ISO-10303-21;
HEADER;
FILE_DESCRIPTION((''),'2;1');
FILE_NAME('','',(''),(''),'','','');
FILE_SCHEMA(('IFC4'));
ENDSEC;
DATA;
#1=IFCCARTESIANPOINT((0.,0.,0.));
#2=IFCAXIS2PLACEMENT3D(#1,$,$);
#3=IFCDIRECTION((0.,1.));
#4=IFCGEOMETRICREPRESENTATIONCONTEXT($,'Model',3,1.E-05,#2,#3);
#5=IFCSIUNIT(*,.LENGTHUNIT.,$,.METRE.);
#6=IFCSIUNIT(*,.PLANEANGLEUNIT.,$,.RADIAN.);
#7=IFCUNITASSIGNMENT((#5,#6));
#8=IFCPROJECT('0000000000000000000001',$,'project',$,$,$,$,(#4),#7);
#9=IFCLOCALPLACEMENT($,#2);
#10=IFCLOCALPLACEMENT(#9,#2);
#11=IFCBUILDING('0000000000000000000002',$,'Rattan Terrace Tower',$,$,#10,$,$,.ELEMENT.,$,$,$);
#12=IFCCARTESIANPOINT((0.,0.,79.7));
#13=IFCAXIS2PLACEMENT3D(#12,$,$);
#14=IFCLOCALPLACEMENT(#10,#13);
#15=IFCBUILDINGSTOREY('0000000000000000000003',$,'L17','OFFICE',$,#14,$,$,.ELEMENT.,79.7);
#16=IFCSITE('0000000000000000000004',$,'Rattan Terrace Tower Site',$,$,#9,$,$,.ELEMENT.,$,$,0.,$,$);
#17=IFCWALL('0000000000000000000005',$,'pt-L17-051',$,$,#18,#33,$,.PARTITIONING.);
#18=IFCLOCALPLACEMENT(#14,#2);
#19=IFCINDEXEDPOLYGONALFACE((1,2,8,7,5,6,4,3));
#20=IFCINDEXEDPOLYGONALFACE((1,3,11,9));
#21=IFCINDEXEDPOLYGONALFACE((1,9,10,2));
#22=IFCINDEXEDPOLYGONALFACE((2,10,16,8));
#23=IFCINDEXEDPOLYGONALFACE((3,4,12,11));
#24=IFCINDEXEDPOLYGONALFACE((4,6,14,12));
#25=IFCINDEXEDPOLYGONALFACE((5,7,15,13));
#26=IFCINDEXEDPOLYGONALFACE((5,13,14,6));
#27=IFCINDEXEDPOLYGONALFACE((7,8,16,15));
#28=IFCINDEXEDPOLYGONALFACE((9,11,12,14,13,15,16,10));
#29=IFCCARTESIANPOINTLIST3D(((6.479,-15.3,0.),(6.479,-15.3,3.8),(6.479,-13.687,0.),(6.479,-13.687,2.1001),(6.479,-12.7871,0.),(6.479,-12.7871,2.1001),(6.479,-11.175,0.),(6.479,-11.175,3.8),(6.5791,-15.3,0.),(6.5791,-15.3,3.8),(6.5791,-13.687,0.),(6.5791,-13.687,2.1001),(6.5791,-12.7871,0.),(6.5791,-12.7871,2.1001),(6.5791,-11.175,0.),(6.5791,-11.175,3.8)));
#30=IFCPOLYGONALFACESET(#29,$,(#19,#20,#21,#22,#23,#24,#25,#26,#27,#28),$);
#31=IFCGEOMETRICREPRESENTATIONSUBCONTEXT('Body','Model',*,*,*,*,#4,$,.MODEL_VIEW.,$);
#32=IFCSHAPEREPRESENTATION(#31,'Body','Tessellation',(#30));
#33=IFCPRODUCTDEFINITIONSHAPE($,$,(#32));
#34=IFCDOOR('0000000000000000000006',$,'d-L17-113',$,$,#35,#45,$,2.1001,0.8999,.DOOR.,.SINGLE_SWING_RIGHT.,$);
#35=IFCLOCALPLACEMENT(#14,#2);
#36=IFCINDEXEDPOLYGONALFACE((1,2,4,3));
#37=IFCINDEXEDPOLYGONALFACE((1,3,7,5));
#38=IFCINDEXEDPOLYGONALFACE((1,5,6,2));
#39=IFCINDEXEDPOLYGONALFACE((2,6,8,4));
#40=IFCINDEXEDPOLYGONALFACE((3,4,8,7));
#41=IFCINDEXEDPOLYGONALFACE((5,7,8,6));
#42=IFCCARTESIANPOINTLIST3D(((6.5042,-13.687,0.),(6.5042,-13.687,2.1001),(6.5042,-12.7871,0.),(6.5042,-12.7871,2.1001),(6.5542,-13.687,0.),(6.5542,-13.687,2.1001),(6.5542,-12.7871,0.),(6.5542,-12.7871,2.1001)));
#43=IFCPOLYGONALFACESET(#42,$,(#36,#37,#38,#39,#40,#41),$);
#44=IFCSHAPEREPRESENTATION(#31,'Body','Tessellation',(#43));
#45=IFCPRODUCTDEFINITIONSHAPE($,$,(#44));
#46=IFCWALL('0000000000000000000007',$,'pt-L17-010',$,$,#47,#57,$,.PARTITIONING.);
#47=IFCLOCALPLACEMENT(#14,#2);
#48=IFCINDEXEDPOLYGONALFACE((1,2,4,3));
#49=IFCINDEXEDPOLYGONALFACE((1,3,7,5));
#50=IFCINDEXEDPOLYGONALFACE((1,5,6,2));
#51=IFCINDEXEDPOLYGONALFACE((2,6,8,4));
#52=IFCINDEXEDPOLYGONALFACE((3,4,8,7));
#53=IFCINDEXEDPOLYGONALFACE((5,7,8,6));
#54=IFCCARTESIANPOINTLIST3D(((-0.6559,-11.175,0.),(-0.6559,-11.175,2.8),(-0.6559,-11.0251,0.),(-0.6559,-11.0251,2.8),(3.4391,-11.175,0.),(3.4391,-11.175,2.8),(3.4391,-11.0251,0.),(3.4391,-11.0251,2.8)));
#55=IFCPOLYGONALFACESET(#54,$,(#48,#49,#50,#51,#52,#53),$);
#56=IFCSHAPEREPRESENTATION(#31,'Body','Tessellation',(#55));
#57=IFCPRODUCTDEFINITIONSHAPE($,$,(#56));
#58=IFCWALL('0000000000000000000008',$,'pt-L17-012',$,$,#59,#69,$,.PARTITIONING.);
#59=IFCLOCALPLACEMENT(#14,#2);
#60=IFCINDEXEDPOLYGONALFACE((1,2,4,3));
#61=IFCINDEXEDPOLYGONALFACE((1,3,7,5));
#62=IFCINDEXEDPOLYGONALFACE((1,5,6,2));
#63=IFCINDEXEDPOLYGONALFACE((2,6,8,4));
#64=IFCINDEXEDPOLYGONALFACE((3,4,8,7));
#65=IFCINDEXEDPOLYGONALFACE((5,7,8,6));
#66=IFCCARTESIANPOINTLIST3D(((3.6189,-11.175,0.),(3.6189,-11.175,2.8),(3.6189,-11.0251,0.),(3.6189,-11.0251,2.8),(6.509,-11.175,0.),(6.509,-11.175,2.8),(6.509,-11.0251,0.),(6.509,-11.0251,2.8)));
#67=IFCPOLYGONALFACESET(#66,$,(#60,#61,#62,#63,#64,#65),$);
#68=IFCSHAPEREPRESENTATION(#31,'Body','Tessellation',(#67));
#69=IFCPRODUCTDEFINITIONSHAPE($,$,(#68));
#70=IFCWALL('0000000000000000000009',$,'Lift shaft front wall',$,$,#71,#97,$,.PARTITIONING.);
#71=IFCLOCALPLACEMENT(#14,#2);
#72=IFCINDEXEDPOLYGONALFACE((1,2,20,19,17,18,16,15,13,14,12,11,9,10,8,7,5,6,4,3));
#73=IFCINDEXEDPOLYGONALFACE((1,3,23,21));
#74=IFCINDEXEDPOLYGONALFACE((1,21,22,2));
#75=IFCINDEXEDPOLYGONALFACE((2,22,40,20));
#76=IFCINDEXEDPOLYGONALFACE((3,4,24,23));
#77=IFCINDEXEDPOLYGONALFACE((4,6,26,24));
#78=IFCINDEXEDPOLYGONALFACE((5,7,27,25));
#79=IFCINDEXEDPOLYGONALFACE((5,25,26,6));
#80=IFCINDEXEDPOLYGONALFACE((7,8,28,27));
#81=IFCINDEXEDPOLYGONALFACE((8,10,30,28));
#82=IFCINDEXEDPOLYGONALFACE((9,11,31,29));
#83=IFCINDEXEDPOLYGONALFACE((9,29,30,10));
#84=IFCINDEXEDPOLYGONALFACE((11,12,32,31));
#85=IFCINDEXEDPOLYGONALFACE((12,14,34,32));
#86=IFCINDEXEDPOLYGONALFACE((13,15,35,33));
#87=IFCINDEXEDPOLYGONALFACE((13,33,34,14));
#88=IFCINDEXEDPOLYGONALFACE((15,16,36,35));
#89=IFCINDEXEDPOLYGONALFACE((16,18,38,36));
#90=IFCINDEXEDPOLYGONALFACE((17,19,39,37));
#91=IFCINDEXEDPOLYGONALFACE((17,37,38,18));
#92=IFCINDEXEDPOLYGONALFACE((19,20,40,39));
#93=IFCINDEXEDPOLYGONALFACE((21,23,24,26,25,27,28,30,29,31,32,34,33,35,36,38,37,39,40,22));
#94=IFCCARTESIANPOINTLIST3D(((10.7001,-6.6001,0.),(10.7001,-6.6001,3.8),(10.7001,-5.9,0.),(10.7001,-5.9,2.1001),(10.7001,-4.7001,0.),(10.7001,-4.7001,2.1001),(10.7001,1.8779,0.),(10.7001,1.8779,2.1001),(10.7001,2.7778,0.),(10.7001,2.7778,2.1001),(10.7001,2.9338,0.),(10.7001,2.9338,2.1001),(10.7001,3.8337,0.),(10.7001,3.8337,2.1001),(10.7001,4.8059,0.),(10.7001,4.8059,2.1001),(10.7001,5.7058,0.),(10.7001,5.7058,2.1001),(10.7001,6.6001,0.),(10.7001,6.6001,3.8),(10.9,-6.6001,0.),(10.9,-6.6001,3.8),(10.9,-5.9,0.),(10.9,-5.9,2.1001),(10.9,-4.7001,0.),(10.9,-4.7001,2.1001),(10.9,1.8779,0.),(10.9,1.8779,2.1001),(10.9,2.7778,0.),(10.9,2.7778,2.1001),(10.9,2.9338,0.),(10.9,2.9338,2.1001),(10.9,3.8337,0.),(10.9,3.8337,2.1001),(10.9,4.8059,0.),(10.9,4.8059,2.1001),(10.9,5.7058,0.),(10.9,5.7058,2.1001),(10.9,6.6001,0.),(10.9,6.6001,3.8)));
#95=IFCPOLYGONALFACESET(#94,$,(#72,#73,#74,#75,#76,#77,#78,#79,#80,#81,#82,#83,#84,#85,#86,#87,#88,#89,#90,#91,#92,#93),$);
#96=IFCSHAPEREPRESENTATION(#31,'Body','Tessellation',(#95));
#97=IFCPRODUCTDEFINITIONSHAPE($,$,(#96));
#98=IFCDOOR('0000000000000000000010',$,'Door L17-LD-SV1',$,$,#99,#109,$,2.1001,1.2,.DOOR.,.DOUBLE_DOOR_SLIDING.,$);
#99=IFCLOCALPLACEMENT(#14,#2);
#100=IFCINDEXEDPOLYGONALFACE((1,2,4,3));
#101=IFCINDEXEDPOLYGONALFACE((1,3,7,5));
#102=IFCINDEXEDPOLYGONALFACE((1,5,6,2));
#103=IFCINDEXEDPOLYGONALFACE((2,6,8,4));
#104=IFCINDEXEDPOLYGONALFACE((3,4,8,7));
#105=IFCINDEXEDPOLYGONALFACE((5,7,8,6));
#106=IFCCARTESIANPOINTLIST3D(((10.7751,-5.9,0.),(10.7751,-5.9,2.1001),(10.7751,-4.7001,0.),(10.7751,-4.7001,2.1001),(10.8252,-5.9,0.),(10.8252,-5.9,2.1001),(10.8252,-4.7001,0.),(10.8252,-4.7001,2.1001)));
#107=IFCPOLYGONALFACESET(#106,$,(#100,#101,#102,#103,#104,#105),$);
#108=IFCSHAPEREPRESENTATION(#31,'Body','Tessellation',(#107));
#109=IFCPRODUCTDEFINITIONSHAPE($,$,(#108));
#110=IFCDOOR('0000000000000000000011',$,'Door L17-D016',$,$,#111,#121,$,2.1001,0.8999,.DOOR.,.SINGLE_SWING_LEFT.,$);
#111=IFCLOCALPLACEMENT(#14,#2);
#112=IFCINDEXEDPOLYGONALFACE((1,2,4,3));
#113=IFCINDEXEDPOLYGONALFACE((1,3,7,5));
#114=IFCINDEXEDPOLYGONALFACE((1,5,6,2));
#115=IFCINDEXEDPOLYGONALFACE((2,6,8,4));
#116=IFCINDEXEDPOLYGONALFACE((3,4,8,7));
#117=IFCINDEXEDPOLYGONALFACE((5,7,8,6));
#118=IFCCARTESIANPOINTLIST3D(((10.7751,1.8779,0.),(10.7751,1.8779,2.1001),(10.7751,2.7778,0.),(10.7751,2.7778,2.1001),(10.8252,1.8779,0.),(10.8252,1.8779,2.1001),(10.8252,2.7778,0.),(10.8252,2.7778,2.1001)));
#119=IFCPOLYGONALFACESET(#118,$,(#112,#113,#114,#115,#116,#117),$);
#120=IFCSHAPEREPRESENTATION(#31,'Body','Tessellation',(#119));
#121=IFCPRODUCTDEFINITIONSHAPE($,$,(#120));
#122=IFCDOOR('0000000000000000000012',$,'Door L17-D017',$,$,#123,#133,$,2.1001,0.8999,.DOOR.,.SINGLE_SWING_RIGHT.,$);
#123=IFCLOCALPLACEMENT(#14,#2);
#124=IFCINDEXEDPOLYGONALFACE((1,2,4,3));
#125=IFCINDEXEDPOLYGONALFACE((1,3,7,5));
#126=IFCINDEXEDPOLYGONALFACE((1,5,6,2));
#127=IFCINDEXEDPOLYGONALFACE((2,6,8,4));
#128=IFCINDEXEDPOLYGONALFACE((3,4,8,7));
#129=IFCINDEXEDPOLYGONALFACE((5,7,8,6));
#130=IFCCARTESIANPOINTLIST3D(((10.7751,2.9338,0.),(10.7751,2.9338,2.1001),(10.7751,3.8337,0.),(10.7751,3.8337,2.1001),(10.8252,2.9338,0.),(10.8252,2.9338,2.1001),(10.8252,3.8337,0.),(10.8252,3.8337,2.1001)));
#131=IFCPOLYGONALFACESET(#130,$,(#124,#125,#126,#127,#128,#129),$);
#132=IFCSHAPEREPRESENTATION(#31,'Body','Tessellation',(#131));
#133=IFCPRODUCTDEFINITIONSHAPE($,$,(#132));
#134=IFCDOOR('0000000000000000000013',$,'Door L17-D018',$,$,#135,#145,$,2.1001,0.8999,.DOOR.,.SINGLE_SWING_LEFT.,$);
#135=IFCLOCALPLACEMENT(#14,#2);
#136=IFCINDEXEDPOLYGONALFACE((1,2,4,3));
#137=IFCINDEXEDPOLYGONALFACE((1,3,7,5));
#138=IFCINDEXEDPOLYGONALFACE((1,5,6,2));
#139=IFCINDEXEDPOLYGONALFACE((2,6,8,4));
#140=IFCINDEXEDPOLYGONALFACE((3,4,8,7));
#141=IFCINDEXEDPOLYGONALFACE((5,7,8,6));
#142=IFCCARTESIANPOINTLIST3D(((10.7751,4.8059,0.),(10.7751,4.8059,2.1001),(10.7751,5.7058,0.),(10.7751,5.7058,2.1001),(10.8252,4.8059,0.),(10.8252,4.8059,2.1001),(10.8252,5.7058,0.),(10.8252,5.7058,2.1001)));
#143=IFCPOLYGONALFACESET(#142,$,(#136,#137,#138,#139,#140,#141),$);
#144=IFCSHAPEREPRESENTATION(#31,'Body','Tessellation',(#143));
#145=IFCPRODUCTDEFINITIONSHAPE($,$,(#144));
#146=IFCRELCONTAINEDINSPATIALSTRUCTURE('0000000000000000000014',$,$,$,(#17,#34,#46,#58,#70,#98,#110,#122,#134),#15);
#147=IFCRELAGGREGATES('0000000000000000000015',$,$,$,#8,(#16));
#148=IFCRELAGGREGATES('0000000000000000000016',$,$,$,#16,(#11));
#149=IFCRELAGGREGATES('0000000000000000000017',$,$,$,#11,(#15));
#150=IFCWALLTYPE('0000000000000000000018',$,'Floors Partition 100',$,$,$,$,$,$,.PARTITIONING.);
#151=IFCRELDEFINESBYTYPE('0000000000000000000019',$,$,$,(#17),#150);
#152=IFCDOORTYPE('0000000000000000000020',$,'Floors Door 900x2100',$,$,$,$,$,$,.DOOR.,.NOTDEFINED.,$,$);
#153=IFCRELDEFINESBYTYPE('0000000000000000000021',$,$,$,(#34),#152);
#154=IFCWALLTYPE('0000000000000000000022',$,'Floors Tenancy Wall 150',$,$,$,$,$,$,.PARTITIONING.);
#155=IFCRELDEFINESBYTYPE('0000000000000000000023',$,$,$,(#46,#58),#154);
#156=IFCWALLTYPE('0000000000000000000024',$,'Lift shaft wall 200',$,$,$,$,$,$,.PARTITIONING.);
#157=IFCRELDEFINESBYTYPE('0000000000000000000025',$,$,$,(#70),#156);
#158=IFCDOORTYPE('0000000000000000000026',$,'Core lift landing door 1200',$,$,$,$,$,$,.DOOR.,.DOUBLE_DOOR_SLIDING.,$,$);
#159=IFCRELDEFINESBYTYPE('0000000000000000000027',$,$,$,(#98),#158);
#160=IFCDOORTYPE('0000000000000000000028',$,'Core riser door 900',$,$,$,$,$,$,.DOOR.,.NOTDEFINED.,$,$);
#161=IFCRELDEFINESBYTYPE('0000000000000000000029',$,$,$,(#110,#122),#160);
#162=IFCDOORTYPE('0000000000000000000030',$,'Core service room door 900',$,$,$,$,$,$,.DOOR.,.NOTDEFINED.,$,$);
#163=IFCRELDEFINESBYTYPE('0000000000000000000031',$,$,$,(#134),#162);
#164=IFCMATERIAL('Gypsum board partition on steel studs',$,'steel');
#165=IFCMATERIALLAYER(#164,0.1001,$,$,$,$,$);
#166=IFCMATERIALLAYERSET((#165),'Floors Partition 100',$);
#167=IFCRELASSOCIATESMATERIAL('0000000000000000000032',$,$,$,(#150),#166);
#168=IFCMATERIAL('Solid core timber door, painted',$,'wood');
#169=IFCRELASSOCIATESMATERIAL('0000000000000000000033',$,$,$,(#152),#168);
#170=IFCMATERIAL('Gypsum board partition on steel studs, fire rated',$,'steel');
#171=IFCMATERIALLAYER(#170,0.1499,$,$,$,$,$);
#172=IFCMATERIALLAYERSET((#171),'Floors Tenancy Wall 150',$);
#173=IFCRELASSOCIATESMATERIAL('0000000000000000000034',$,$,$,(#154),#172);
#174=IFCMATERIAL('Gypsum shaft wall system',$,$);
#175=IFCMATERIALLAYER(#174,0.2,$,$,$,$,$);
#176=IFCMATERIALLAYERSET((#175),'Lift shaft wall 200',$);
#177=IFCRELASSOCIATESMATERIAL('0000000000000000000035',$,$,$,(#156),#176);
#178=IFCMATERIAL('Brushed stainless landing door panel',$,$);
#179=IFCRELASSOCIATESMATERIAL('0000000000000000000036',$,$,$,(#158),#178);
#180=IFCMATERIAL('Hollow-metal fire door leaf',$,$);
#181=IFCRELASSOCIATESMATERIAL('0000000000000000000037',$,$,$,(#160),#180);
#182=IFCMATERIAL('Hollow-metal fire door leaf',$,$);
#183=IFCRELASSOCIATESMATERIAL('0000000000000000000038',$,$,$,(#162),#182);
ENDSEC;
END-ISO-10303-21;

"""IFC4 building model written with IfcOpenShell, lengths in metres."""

from ifc_helpers import new_model, si_unit, direction, frame, frame_2d, origin, place, context, subcontext, project, spatial, rectangle, extrude, material, layer, layer_set, type_object, element, fill, save


model = new_model("IFC4")

# Units and contexts
model_context = context("Model", 3, precision=1e-05, world=origin(), true_north=direction((0.0, 1.0)))
body_context = subcontext(model_context, "Body", "Model", "MODEL_VIEW")
ifc_project = project(units=[si_unit("LENGTHUNIT", "METRE"), si_unit("PLANEANGLEUNIT", "RADIAN")], contexts=[model_context])

# Site, building, storey
site_placement = place(None, origin())
site = spatial("IfcSite", under=ifc_project, at=site_placement, Name="Rattan Terrace Tower Site", CompositionType="ELEMENT", RefElevation=0.0)
building_placement = place(site_placement, origin())
building = spatial("IfcBuilding", under=site, at=building_placement, Name="Rattan Terrace Tower", CompositionType="ELEMENT")
storey_placement = place(building_placement, frame((0.0, 0.0, 79.7)))
storey = spatial("IfcBuildingStorey", under=building, at=storey_placement, Name="L17", Description="OFFICE", CompositionType="ELEMENT", Elevation=79.7)

# Shared definitions
ifc_material_1 = material(Name="Gypsum board partition on steel studs", Category="steel")
ifc_layer_1 = layer(ifc_material_1, 0.1001)
ifc_layer_set_1 = layer_set([ifc_layer_1], Name="Floors Partition 100")
wall_type_1 = type_object("IfcWallType", Name="Floors Partition 100", PredefinedType="PARTITIONING", material=ifc_layer_set_1)

# Wall, opening, door
wall_1_placement = place(storey_placement, frame((6.5291, -15.3, 0.0), z_axis=(0.0, 0.0, 1.0), x_axis=(0.0, 1.0, 0.0)))
wall_1 = element("IfcWall", 1, at=wall_1_placement, inside=storey, type_object=wall_type_1, Name="pt-L17-051", PredefinedType="PARTITIONING", context=body_context, shape_type="SweptSolid", body=[
    extrude(rectangle(XDim=4.125, YDim=0.1001, at=frame_2d((2.0625, 0.0))), origin(), (0.0, 0.0, 1.0), 3.8),
])
opening_1_placement = place(wall_1_placement, frame((1.613, 0.0, 0.0)))
opening_1 = element("IfcOpeningElement", 2, at=opening_1_placement, cuts=wall_1, PredefinedType="OPENING", context=body_context, shape_type="SweptSolid", body=[
    extrude(rectangle(XDim=0.8999, YDim=2.1001, at=frame_2d((0.45, 1.05))), frame((0.0, 0.0605, 0.0), z_axis=(0.0, -1.0, 0.0), x_axis=(1.0, 0.0, 0.0)), (0.0, 0.0, 1.0), 0.1211),
])
ifc_material_2 = material(Name="Solid core timber door, painted", Category="wood")
door_type_1 = type_object("IfcDoorType", Name="Floors Door 900x2100", OperationType="NOTDEFINED", PredefinedType="DOOR", material=ifc_material_2)
door_1_placement = place(opening_1_placement, origin())
door_1 = element("IfcDoor", 3, at=door_1_placement, inside=storey, type_object=door_type_1, Name="d-L17-113", OperationType="SINGLE_SWING_RIGHT", OverallHeight=2.1001, OverallWidth=0.8999, PredefinedType="DOOR", context=body_context, shape_type="SweptSolid", body=[
    extrude(rectangle(XDim=0.8999, YDim=2.1001, at=frame_2d((0.45, 1.05))), frame((0.0, 0.0249, 0.0), z_axis=(0.0, -1.0, 0.0), x_axis=(1.0, 0.0, 0.0)), (0.0, 0.0, 1.0), 0.05),
])
fill(opening_1, door_1)

# Walls
ifc_material_3 = material(Name="Gypsum board partition on steel studs, fire rated", Category="steel")
ifc_layer_2 = layer(ifc_material_3, 0.1499)
ifc_layer_set_2 = layer_set([ifc_layer_2], Name="Floors Tenancy Wall 150")
wall_type_2 = type_object("IfcWallType", Name="Floors Tenancy Wall 150", PredefinedType="PARTITIONING", material=ifc_layer_set_2)
wall_2_placement = place(storey_placement, frame((3.439, -11.1001, 0.0), z_axis=(0.0, 0.0, 1.0), x_axis=(-1.0, 0.0, 0.0)))
element("IfcWall", 4, at=wall_2_placement, inside=storey, type_object=wall_type_2, Name="pt-L17-010", PredefinedType="PARTITIONING", context=body_context, shape_type="SweptSolid", body=[
    extrude(rectangle(XDim=4.095, YDim=0.1499, at=frame_2d((2.0474, 0.0))), origin(), (0.0, 0.0, 1.0), 2.8),
])
wall_3_placement = place(storey_placement, frame((6.509, -11.1001, 0.0), z_axis=(0.0, 0.0, 1.0), x_axis=(-1.0, 0.0, 0.0)))
element("IfcWall", 5, at=wall_3_placement, inside=storey, type_object=wall_type_2, Name="pt-L17-012", PredefinedType="PARTITIONING", context=body_context, shape_type="SweptSolid", body=[
    extrude(rectangle(XDim=2.8901, YDim=0.1499, at=frame_2d((1.4451, 0.0))), origin(), (0.0, 0.0, 1.0), 2.8),
])

# Wall, openings, doors
ifc_material_4 = material(Name="Gypsum shaft wall system")
ifc_layer_3 = layer(ifc_material_4, 0.2)
ifc_layer_set_3 = layer_set([ifc_layer_3], Name="Lift shaft wall 200")
wall_type_3 = type_object("IfcWallType", Name="Lift shaft wall 200", PredefinedType="PARTITIONING", material=ifc_layer_set_3)
wall_4_placement = place(storey_placement, frame((10.8, -6.6001, 0.0), z_axis=(0.0, 0.0, 1.0), x_axis=(0.0, 1.0, 0.0)))
wall_4 = element("IfcWall", 6, at=wall_4_placement, inside=storey, type_object=wall_type_3, Name="Lift shaft front wall", PredefinedType="PARTITIONING", context=body_context, shape_type="SweptSolid", body=[
    extrude(rectangle(XDim=13.2002, YDim=0.2, at=frame_2d((6.6001, 0.0))), origin(), (0.0, 0.0, 1.0), 3.8),
])
opening_2_placement = place(wall_4_placement, frame((0.7, 0.0, 0.0)))
opening_2 = element("IfcOpeningElement", 7, at=opening_2_placement, cuts=wall_4, PredefinedType="OPENING", context=body_context, shape_type="SweptSolid", body=[
    extrude(rectangle(XDim=1.2, YDim=2.1001, at=frame_2d((0.6001, 1.05))), frame((0.0, 0.1106, 0.0), z_axis=(0.0, -1.0, 0.0), x_axis=(1.0, 0.0, 0.0)), (0.0, 0.0, 1.0), 0.2209),
])
opening_3_placement = place(wall_4_placement, frame((8.478, 0.0, 0.0)))
opening_3 = element("IfcOpeningElement", 8, at=opening_3_placement, cuts=wall_4, PredefinedType="OPENING", context=body_context, shape_type="SweptSolid", body=[
    extrude(rectangle(XDim=0.8999, YDim=2.1001, at=frame_2d((0.45, 1.05))), frame((0.0, 0.1106, 0.0), z_axis=(0.0, -1.0, 0.0), x_axis=(1.0, 0.0, 0.0)), (0.0, 0.0, 1.0), 0.2209),
])
opening_4_placement = place(wall_4_placement, frame((9.5339, 0.0, 0.0)))
opening_4 = element("IfcOpeningElement", 9, at=opening_4_placement, cuts=wall_4, PredefinedType="OPENING", context=body_context, shape_type="SweptSolid", body=[
    extrude(rectangle(XDim=0.8999, YDim=2.1001, at=frame_2d((0.45, 1.05))), frame((0.0, 0.1106, 0.0), z_axis=(0.0, -1.0, 0.0), x_axis=(1.0, 0.0, 0.0)), (0.0, 0.0, 1.0), 0.2209),
])
opening_5_placement = place(wall_4_placement, frame((11.406, 0.0, 0.0)))
opening_5 = element("IfcOpeningElement", 10, at=opening_5_placement, cuts=wall_4, PredefinedType="OPENING", context=body_context, shape_type="SweptSolid", body=[
    extrude(rectangle(XDim=0.8999, YDim=2.1001, at=frame_2d((0.45, 1.05))), frame((0.0, 0.1106, 0.0), z_axis=(0.0, -1.0, 0.0), x_axis=(1.0, 0.0, 0.0)), (0.0, 0.0, 1.0), 0.2209),
])
ifc_material_5 = material(Name="Brushed stainless landing door panel")
door_type_2 = type_object("IfcDoorType", Name="Core lift landing door 1200", OperationType="DOUBLE_DOOR_SLIDING", PredefinedType="DOOR", material=ifc_material_5)
door_2_placement = place(opening_2_placement, origin())
door_2 = element("IfcDoor", 11, at=door_2_placement, inside=storey, type_object=door_type_2, Name="Door L17-LD-SV1", OperationType="DOUBLE_DOOR_SLIDING", OverallHeight=2.1001, OverallWidth=1.2, PredefinedType="DOOR", context=body_context, shape_type="SweptSolid", body=[
    extrude(rectangle(XDim=1.2, YDim=2.1001, at=frame_2d((0.6001, 1.05))), frame((0.0, 0.0249, 0.0), z_axis=(0.0, -1.0, 0.0), x_axis=(1.0, 0.0, 0.0)), (0.0, 0.0, 1.0), 0.05),
])
fill(opening_2, door_2)
ifc_material_6 = material(Name="Hollow-metal fire door leaf")
door_type_3 = type_object("IfcDoorType", Name="Core riser door 900", OperationType="NOTDEFINED", PredefinedType="DOOR", material=ifc_material_6)
door_3_placement = place(opening_3_placement, origin())
door_3 = element("IfcDoor", 12, at=door_3_placement, inside=storey, type_object=door_type_3, Name="Door L17-D016", OperationType="SINGLE_SWING_LEFT", OverallHeight=2.1001, OverallWidth=0.8999, PredefinedType="DOOR", context=body_context, shape_type="SweptSolid", body=[
    extrude(rectangle(XDim=0.8999, YDim=2.1001, at=frame_2d((0.45, 1.05))), frame((0.0, 0.0249, 0.0), z_axis=(0.0, -1.0, 0.0), x_axis=(1.0, 0.0, 0.0)), (0.0, 0.0, 1.0), 0.05),
])
fill(opening_3, door_3)
door_4_placement = place(opening_4_placement, origin())
door_4 = element("IfcDoor", 13, at=door_4_placement, inside=storey, type_object=door_type_3, Name="Door L17-D017", OperationType="SINGLE_SWING_RIGHT", OverallHeight=2.1001, OverallWidth=0.8999, PredefinedType="DOOR", context=body_context, shape_type="SweptSolid", body=[
    extrude(rectangle(XDim=0.8999, YDim=2.1001, at=frame_2d((0.45, 1.05))), frame((0.0, 0.0249, 0.0), z_axis=(0.0, -1.0, 0.0), x_axis=(1.0, 0.0, 0.0)), (0.0, 0.0, 1.0), 0.05),
])
fill(opening_4, door_4)
ifc_material_7 = material(Name="Hollow-metal fire door leaf")
door_type_4 = type_object("IfcDoorType", Name="Core service room door 900", OperationType="NOTDEFINED", PredefinedType="DOOR", material=ifc_material_7)
door_5_placement = place(opening_5_placement, origin())
door_5 = element("IfcDoor", 14, at=door_5_placement, inside=storey, type_object=door_type_4, Name="Door L17-D018", OperationType="SINGLE_SWING_LEFT", OverallHeight=2.1001, OverallWidth=0.8999, PredefinedType="DOOR", context=body_context, shape_type="SweptSolid", body=[
    extrude(rectangle(XDim=0.8999, YDim=2.1001, at=frame_2d((0.45, 1.05))), frame((0.0, 0.0249, 0.0), z_axis=(0.0, -1.0, 0.0), x_axis=(1.0, 0.0, 0.0)), (0.0, 0.0, 1.0), 0.05),
])
fill(opening_5, door_5)

save(model, "model.ifc")
